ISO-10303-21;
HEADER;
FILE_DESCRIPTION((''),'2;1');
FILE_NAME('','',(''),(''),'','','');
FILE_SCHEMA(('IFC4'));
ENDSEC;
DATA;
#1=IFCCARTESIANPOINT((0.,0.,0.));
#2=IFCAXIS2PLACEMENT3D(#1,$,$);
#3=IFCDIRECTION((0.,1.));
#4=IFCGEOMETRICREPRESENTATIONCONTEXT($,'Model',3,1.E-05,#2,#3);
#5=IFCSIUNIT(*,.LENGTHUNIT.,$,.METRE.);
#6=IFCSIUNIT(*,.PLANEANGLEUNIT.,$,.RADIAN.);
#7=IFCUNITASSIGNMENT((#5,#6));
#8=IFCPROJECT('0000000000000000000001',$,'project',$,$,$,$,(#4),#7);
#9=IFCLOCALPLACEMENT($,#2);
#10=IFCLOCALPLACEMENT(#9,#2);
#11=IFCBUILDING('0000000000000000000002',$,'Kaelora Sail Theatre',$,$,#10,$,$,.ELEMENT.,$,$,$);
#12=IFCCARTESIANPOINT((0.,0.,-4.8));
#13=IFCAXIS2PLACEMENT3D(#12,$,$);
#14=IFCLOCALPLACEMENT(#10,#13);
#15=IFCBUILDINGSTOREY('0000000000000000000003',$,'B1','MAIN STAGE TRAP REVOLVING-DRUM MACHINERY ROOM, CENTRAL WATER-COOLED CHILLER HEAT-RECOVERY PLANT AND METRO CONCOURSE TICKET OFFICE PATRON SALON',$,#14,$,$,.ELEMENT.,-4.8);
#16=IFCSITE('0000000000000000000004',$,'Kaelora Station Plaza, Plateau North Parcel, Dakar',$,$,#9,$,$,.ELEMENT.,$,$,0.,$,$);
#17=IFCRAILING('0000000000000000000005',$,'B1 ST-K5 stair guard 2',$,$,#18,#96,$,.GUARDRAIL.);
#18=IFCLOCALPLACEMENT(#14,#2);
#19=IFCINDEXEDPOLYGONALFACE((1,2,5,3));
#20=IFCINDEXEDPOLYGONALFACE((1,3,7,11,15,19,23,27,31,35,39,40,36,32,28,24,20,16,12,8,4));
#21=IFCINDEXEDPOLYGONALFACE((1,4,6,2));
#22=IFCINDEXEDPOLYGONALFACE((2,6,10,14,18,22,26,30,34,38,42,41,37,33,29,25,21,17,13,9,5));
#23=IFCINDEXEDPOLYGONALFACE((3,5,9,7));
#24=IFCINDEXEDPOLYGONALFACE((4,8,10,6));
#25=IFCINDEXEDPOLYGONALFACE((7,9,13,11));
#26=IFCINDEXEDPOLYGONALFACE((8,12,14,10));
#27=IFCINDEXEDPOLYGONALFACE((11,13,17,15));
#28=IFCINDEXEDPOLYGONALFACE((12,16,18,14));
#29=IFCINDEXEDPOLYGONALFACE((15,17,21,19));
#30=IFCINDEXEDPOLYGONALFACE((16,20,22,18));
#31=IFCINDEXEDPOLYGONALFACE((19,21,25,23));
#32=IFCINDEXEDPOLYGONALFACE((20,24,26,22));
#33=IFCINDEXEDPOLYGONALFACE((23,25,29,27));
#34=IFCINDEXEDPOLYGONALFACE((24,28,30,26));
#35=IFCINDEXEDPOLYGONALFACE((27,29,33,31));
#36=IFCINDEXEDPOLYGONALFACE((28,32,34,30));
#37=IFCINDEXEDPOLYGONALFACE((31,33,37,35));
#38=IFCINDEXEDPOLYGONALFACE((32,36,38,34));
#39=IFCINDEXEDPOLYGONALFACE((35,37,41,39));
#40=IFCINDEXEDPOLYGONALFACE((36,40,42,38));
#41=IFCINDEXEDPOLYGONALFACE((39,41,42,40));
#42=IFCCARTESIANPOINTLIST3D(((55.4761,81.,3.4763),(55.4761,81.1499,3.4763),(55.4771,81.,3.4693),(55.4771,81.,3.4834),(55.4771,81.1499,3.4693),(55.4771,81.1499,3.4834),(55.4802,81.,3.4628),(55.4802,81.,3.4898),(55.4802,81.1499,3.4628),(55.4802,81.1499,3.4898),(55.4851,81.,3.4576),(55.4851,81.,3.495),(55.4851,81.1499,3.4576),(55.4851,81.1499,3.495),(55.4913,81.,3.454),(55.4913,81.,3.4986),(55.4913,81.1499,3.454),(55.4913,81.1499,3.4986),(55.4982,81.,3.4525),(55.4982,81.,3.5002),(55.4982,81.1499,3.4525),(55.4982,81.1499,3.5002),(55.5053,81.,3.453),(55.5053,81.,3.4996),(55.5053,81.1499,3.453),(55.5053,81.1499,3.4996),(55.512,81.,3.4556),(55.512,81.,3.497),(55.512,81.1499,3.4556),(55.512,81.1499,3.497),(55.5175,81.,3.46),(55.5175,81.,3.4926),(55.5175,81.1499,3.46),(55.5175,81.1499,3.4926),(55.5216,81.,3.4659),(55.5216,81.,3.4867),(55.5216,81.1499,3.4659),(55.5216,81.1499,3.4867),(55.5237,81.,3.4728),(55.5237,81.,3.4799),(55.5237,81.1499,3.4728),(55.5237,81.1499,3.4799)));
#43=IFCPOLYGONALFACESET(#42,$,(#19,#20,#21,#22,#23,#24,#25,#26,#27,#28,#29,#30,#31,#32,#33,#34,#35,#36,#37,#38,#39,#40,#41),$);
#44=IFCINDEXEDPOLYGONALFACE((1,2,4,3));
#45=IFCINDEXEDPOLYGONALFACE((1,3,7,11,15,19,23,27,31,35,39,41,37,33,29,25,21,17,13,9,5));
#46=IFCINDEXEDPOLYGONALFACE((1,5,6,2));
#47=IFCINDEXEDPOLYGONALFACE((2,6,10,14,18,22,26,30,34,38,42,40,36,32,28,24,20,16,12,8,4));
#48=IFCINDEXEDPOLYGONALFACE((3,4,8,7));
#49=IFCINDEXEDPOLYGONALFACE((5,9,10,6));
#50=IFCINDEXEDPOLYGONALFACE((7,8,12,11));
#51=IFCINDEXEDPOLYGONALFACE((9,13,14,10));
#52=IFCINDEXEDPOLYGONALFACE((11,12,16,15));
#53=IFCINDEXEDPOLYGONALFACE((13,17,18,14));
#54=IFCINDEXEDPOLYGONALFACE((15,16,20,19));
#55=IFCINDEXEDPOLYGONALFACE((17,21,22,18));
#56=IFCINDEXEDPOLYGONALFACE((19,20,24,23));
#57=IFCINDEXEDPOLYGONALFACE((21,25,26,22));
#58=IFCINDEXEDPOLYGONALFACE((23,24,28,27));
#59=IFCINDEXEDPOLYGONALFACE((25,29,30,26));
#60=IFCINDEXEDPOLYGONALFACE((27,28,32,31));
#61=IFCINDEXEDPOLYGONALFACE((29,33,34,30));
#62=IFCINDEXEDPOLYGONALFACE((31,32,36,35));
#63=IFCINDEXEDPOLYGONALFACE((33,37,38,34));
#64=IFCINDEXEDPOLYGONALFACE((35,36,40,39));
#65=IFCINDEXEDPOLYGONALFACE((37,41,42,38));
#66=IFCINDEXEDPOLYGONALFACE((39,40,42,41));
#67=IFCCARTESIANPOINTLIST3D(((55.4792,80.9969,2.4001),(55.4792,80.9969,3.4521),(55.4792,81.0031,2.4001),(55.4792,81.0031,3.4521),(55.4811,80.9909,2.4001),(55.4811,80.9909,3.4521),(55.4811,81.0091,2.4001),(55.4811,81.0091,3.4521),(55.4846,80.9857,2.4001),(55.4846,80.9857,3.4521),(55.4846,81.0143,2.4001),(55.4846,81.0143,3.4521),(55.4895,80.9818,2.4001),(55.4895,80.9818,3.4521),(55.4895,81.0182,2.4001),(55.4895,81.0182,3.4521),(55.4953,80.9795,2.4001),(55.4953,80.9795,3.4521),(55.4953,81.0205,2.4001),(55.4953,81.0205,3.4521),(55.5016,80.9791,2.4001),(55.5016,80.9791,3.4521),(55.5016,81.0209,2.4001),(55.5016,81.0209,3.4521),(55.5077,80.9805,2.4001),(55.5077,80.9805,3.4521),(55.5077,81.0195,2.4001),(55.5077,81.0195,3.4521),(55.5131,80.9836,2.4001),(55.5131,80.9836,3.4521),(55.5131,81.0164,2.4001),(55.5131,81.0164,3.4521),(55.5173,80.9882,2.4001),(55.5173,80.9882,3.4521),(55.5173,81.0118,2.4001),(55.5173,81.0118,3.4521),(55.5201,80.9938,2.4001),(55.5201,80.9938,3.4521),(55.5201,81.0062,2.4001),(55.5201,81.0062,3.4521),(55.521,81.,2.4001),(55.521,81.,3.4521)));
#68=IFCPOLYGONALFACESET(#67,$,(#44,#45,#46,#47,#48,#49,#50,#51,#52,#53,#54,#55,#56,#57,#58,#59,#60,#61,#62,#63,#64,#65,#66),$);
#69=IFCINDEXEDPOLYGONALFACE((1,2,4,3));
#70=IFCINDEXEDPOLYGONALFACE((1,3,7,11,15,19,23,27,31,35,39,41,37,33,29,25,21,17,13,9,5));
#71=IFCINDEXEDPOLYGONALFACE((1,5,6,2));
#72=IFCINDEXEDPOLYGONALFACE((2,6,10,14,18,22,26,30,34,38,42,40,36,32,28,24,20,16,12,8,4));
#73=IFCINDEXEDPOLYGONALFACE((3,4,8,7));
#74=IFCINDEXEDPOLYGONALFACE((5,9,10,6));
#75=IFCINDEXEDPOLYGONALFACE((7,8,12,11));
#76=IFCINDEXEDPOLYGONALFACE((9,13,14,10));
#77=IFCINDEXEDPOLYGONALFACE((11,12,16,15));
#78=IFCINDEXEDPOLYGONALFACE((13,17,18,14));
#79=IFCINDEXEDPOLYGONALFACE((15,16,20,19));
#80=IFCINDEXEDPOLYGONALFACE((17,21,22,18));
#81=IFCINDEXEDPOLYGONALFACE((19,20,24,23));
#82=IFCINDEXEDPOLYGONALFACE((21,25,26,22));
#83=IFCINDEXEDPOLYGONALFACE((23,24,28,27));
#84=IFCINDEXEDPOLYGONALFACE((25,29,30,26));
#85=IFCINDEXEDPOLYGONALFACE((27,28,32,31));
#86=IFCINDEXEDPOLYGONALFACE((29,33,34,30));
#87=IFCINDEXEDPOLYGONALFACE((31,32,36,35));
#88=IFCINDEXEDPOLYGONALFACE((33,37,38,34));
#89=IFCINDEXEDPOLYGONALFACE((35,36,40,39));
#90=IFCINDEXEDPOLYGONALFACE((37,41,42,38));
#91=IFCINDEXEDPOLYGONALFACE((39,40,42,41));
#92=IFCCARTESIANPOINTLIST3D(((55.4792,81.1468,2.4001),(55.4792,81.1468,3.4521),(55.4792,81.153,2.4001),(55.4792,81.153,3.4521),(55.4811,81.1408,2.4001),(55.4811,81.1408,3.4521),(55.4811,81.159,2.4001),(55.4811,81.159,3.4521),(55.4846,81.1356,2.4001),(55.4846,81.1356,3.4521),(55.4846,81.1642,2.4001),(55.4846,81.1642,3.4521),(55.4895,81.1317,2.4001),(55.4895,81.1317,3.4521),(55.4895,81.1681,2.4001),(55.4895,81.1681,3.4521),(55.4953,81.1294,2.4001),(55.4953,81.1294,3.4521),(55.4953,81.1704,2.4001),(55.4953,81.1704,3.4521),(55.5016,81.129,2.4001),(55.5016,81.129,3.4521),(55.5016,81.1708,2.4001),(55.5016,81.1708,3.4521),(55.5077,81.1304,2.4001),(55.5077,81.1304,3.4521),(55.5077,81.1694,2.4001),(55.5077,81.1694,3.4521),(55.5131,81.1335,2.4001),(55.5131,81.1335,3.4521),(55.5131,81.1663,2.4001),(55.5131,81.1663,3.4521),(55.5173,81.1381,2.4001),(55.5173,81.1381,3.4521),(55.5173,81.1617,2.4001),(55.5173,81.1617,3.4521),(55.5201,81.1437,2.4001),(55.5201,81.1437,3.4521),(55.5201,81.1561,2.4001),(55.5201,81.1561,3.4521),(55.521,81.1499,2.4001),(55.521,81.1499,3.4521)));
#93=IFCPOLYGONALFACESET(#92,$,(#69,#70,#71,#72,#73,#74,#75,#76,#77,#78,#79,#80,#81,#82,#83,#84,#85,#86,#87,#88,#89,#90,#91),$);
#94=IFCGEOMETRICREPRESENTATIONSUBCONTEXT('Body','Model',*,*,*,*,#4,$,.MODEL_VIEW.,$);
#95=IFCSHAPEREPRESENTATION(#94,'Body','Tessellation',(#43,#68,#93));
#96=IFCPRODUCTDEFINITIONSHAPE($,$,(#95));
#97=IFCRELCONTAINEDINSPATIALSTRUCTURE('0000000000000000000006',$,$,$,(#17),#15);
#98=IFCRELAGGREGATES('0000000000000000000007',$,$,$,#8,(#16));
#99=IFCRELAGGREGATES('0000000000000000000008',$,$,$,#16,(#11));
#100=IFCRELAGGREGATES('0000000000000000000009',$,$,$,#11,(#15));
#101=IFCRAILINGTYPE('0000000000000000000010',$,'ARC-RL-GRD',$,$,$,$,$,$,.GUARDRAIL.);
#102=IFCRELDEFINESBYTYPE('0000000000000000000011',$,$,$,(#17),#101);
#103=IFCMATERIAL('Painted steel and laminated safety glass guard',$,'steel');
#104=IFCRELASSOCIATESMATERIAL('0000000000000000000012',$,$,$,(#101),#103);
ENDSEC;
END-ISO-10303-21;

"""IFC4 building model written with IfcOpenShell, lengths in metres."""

from ifc_helpers import new_model, si_unit, direction, frame, origin, origin_2d, place, context, subcontext, project, spatial, circle, extrude, material, type_object, element, save


model = new_model("IFC4")

# Units and contexts
model_context = context("Model", 3, precision=1e-05, world=origin(), true_north=direction((0.0, 1.0)))
body_context = subcontext(model_context, "Body", "Model", "MODEL_VIEW")
ifc_project = project(units=[si_unit("LENGTHUNIT", "METRE"), si_unit("PLANEANGLEUNIT", "RADIAN")], contexts=[model_context])

# Site, building, storey
site_placement = place(None, origin())
site = spatial("IfcSite", under=ifc_project, at=site_placement, Name="Kaelora Station Plaza, Plateau North Parcel, Dakar", CompositionType="ELEMENT", RefElevation=0.0)
building_placement = place(site_placement, origin())
building = spatial("IfcBuilding", under=site, at=building_placement, Name="Kaelora Sail Theatre", CompositionType="ELEMENT")
storey_placement = place(building_placement, frame((0.0, 0.0, -4.8)))
storey = spatial("IfcBuildingStorey", under=building, at=storey_placement, Name="B1", Description="MAIN STAGE TRAP REVOLVING-DRUM MACHINERY ROOM, CENTRAL WATER-COOLED CHILLER HEAT-RECOVERY PLANT AND METRO CONCOURSE TICKET OFFICE PATRON SALON", CompositionType="ELEMENT", Elevation=-4.8)

# Railing
ifc_material_1 = material(Name="Painted steel and laminated safety glass guard", Category="steel")
railing_type_1 = type_object("IfcRailingType", Name="ARC-RL-GRD", PredefinedType="GUARDRAIL", material=ifc_material_1)
railing_1_placement = place(storey_placement, frame((55.5, 81.0, 2.4001)))
element("IfcRailing", 1, at=railing_1_placement, inside=storey, type_object=railing_type_1, Name="B1 ST-K5 stair guard 2", PredefinedType="GUARDRAIL", context=body_context, shape_type="SweptSolid", body=[
    extrude(circle(Radius=0.0239, at=origin_2d()), frame((0.0, 0.0, 1.0762), z_axis=(0.0, 1.0, 0.0), x_axis=(-1.0, 0.0, 0.0)), (0.0, 0.0, 1.0), 0.1499),
    extrude(circle(Radius=0.021, at=origin_2d()), origin(), (0.0, 0.0, 1.0), 1.052),
    extrude(circle(Radius=0.021, at=origin_2d()), frame((0.0, 0.1499, 0.0)), (0.0, 0.0, 1.0), 1.052),
])

save(model, "model.ifc")
